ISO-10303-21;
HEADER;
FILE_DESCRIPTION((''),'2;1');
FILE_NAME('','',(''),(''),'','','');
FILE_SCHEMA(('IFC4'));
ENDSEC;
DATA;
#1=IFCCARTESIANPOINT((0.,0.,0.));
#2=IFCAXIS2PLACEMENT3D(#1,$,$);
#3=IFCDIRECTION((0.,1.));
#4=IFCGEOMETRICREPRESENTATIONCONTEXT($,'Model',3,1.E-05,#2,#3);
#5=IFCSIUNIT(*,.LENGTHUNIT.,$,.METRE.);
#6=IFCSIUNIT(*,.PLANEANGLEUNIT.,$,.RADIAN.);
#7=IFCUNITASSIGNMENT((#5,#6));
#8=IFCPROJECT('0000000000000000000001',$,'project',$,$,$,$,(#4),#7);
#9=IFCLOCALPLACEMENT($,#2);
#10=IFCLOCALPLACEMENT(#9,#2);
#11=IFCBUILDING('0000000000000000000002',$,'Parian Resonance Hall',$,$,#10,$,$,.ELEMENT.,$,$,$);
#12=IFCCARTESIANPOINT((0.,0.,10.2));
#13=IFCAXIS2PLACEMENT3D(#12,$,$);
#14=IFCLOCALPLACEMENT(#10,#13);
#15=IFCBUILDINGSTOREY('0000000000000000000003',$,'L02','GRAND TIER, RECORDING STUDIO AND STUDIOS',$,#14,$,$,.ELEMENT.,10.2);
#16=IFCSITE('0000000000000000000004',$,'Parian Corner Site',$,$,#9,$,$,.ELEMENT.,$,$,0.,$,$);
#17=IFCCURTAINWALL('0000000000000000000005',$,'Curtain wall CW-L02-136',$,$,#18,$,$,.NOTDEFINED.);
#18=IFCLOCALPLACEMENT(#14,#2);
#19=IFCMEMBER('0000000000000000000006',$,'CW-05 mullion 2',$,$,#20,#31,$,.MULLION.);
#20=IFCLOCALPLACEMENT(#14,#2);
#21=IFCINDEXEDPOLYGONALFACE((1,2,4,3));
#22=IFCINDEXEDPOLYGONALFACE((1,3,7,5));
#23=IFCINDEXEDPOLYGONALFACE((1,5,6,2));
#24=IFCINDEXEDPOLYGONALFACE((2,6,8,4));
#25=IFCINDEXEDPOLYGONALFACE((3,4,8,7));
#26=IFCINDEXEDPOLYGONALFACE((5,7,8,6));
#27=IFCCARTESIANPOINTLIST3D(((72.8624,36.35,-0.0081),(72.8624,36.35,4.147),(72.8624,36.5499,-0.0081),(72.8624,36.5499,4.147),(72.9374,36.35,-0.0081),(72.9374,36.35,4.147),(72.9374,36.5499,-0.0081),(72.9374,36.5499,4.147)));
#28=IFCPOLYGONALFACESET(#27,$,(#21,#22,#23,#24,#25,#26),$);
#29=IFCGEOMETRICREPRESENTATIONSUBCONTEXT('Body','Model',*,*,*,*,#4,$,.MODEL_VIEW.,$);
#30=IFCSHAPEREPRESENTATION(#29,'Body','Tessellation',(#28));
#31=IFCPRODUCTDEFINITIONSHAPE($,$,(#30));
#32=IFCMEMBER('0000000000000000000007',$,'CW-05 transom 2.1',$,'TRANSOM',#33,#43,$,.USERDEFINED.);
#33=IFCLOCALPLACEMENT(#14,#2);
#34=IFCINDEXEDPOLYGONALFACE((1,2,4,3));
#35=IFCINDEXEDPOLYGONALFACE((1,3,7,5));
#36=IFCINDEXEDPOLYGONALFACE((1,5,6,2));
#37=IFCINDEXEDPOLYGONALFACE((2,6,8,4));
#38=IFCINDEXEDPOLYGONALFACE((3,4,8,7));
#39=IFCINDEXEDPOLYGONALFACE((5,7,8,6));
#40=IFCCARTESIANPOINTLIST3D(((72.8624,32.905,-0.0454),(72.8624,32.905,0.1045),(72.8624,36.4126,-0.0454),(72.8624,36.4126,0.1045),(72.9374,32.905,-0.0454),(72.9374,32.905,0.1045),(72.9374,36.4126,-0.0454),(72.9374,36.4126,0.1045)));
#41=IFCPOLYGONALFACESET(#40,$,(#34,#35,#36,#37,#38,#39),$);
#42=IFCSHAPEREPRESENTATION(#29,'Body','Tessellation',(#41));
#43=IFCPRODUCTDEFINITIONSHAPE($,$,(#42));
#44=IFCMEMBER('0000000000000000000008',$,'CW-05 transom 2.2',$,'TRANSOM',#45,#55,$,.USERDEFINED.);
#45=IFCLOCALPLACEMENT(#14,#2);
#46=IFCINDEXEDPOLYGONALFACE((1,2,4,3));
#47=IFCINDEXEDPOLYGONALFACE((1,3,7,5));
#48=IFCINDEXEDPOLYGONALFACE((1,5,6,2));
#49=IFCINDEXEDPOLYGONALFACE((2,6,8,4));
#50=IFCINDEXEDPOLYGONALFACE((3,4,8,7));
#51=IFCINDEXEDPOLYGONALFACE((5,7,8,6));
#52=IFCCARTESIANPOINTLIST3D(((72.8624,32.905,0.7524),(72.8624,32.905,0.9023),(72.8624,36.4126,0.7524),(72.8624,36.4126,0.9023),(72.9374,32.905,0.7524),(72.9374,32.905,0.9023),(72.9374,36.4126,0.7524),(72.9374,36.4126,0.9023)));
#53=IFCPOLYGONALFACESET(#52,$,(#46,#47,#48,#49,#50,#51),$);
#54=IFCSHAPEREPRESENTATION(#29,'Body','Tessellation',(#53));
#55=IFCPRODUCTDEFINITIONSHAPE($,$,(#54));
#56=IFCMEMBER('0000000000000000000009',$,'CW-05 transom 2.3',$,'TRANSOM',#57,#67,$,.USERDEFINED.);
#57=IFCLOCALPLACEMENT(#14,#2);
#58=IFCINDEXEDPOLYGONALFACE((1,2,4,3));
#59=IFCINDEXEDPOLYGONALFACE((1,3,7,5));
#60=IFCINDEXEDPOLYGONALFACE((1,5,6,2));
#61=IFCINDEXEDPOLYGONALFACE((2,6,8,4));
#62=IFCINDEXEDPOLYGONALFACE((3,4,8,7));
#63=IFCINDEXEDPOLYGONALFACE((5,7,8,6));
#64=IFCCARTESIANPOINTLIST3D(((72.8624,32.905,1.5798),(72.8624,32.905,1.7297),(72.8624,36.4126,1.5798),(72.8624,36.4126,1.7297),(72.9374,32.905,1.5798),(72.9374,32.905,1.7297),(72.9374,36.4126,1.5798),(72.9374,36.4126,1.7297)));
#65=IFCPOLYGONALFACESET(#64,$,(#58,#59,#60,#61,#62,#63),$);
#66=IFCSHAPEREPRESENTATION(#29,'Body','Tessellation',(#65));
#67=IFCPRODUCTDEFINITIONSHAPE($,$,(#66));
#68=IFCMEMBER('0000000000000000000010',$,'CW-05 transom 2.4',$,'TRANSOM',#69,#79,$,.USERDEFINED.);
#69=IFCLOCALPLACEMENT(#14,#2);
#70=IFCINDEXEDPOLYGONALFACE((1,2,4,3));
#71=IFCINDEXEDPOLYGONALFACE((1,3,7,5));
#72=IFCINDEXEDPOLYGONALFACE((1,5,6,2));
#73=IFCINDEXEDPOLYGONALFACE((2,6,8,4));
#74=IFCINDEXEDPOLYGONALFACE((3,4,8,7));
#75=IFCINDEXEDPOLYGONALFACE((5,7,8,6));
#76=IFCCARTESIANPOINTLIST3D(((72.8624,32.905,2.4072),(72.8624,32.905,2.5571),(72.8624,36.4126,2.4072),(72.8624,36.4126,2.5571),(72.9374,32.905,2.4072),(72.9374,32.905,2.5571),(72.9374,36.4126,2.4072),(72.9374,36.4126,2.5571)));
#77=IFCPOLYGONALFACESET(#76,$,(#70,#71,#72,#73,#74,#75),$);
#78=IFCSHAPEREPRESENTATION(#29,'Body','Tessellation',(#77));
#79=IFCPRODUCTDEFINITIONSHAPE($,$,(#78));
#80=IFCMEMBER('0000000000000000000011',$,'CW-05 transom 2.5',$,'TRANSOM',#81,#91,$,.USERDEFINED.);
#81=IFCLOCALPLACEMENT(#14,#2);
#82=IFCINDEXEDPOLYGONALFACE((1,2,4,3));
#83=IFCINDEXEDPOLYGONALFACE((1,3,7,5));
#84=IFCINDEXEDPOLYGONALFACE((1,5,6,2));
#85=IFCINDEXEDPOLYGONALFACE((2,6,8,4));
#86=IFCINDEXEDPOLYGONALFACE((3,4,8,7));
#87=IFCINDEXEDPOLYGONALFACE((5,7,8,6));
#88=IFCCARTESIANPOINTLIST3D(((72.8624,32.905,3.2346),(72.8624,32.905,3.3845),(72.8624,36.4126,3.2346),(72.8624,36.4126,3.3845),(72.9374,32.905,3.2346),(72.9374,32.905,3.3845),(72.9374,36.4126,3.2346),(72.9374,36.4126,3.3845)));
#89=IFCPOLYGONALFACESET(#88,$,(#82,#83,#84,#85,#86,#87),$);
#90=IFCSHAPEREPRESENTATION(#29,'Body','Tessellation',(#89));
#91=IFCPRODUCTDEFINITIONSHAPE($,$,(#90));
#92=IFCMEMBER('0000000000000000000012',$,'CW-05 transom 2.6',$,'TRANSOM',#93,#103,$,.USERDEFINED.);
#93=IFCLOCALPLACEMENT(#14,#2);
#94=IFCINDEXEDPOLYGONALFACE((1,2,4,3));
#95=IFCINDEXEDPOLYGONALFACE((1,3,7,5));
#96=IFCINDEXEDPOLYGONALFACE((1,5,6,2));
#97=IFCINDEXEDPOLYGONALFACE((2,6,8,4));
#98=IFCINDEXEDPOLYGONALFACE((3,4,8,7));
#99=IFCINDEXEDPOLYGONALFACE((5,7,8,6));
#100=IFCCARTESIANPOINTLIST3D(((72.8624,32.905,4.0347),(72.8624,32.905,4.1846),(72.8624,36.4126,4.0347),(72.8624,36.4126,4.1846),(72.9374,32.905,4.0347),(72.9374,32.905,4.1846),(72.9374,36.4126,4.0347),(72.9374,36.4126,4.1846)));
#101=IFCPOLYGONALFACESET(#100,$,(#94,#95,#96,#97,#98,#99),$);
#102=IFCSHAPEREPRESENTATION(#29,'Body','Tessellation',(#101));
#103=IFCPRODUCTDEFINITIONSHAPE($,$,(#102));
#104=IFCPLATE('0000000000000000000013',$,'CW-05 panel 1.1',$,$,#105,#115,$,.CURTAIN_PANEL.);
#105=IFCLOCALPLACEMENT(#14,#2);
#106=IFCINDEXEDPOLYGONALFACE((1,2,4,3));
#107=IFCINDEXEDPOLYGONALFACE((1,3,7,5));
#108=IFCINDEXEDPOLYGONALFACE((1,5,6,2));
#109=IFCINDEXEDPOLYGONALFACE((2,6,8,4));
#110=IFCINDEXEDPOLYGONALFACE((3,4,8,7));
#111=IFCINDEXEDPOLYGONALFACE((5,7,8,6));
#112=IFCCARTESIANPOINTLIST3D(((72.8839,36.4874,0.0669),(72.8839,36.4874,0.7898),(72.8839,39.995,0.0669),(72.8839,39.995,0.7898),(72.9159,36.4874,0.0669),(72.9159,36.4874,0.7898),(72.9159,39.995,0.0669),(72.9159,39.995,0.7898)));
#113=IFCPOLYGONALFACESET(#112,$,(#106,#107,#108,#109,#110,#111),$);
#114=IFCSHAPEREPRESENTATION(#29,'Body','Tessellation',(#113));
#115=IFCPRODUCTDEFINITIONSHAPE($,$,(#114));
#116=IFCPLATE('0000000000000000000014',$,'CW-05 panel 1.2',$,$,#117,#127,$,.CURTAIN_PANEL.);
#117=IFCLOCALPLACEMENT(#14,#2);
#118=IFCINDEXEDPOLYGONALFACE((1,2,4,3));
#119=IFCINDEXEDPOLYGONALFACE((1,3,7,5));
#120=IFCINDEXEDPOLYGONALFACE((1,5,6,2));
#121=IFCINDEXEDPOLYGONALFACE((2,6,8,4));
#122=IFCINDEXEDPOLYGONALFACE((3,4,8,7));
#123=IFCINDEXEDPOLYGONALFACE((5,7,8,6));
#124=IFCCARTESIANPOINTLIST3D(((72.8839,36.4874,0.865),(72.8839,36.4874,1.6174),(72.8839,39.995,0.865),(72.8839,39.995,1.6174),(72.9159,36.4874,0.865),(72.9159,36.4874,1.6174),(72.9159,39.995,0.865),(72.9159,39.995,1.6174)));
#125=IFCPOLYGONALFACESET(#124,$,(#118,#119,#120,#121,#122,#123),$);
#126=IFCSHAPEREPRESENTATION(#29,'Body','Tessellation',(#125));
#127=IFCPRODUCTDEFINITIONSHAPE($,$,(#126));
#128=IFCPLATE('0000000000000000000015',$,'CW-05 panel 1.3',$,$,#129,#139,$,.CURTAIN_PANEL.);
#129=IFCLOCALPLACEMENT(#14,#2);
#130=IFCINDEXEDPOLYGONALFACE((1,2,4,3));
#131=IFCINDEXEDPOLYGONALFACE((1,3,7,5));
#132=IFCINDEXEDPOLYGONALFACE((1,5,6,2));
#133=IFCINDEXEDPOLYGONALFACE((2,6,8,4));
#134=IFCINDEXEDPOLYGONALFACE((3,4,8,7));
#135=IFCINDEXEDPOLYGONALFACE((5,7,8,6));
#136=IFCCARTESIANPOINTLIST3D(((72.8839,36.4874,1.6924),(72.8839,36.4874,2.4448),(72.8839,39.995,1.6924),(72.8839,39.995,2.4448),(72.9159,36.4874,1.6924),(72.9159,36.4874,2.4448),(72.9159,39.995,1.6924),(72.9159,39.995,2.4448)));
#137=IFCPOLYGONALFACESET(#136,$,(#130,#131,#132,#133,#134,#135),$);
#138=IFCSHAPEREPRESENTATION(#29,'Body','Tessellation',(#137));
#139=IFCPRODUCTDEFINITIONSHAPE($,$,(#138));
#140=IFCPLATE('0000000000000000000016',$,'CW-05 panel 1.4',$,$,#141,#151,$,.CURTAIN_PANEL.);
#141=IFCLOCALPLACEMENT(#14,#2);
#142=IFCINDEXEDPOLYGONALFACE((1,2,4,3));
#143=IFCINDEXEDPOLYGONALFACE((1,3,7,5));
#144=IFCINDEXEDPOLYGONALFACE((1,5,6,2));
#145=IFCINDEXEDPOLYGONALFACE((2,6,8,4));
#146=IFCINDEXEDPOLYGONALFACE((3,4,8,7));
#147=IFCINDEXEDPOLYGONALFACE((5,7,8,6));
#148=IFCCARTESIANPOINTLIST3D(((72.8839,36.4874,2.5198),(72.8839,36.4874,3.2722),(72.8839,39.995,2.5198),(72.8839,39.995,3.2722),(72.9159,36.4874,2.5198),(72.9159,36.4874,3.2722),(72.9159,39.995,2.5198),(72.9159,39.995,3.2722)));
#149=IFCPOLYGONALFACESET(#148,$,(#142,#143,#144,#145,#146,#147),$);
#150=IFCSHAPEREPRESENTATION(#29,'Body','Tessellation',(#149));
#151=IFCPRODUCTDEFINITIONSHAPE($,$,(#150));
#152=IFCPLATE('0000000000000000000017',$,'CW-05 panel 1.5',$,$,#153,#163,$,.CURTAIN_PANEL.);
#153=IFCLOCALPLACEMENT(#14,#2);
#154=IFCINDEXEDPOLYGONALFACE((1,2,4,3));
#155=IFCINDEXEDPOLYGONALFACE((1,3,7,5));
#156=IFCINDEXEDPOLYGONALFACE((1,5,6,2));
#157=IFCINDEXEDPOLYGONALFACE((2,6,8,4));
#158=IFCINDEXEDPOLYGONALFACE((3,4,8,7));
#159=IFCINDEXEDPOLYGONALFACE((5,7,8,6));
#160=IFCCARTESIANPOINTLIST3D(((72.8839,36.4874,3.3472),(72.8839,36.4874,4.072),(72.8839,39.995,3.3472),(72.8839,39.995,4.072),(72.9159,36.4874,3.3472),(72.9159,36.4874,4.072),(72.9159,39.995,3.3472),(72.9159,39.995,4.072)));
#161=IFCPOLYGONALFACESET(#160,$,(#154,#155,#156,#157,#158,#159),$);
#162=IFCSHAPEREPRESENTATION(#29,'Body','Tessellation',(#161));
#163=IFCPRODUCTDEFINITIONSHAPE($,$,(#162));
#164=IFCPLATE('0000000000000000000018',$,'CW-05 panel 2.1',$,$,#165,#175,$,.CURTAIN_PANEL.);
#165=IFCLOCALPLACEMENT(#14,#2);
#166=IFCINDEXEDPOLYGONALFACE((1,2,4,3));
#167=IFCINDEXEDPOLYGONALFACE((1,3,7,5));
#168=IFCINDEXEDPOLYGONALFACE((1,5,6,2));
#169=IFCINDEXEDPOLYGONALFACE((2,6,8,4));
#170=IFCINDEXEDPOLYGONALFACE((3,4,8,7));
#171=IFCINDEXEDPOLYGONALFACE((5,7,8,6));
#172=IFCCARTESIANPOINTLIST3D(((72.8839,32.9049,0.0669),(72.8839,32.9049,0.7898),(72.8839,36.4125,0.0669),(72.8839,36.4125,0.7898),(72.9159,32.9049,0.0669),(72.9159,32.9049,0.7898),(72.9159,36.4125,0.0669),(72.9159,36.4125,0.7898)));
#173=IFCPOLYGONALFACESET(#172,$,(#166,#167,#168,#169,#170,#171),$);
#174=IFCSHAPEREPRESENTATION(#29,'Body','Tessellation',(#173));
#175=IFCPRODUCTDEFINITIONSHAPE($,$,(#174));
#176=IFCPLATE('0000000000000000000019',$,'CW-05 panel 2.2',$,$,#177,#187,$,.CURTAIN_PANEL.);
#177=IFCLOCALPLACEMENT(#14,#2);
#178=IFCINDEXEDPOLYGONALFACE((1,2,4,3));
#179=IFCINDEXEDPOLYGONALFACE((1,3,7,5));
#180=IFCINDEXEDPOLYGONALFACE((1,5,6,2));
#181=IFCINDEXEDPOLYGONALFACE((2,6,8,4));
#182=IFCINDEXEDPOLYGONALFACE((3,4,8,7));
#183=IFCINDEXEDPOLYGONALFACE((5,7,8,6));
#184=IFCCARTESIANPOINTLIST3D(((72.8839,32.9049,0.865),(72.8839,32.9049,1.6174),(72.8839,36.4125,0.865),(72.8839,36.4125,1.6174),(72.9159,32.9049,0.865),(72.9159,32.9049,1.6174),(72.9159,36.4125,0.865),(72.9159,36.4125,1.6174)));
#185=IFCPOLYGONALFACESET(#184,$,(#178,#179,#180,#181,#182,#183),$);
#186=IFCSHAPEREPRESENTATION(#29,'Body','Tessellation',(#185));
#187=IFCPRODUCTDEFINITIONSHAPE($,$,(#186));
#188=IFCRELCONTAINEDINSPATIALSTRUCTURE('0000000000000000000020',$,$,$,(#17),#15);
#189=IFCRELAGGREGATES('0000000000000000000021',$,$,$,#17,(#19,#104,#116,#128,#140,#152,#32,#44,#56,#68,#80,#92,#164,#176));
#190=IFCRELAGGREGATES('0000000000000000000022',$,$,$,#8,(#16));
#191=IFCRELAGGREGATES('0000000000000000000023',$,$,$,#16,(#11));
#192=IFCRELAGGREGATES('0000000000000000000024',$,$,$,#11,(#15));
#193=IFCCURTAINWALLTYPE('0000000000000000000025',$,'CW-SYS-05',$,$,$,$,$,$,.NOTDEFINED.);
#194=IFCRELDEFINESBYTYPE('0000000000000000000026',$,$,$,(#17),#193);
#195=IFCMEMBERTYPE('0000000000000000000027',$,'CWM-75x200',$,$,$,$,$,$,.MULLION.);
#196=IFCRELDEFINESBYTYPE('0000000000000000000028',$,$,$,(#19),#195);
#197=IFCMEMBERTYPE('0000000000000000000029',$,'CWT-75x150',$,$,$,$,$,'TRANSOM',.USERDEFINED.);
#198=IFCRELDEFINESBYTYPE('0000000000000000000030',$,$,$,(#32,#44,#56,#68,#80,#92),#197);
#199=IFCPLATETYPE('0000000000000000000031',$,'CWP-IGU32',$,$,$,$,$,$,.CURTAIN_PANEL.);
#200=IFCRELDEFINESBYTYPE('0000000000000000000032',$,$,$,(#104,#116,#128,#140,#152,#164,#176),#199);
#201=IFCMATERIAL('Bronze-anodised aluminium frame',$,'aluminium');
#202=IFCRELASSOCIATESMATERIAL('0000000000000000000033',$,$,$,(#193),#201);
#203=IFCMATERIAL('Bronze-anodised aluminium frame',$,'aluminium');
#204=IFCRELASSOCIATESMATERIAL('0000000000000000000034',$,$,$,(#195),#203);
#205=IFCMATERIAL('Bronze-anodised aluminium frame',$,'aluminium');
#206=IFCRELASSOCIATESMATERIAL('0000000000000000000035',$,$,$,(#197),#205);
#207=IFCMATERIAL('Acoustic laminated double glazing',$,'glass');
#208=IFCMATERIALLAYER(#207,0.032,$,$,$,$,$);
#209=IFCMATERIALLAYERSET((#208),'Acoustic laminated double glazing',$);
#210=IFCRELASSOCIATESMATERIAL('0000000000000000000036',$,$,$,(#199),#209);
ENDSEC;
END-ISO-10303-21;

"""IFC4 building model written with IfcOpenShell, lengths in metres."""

from ifc_helpers import new_model, si_unit, direction, frame, origin, origin_2d, place, context, subcontext, project, spatial, rectangle, extrude, material, layer, layer_set, material_profile, profile_set, type_object, element, aggregate, save


model = new_model("IFC4")

# Units and contexts
model_context = context("Model", 3, precision=1e-05, world=origin(), true_north=direction((0.0, 1.0)))
body_context = subcontext(model_context, "Body", "Model", "MODEL_VIEW")
ifc_project = project(units=[si_unit("LENGTHUNIT", "METRE"), si_unit("PLANEANGLEUNIT", "RADIAN")], contexts=[model_context])

# Site, building, storey
site_placement = place(None, origin())
site = spatial("IfcSite", under=ifc_project, at=site_placement, Name="Parian Corner Site", CompositionType="ELEMENT", RefElevation=0.0)
building_placement = place(site_placement, origin())
building = spatial("IfcBuilding", under=site, at=building_placement, Name="Parian Resonance Hall", CompositionType="ELEMENT")
storey_placement = place(building_placement, frame((0.0, 0.0, 10.2)))
storey = spatial("IfcBuildingStorey", under=building, at=storey_placement, Name="L02", Description="GRAND TIER, RECORDING STUDIO AND STUDIOS", CompositionType="ELEMENT", Elevation=10.2)

# Curtain wall, members, plates
ifc_material_1 = material(Name="Bronze-anodised aluminium frame", Category="aluminium")
curtain_wall_type = type_object("IfcCurtainWallType", Name="CW-SYS-05", PredefinedType="NOTDEFINED", material=ifc_material_1)
curtain_wall_placement = place(storey_placement, origin())
curtain_wall = element("IfcCurtainWall", 1, at=curtain_wall_placement, inside=storey, type_object=curtain_wall_type, Name="Curtain wall CW-L02-136", PredefinedType="NOTDEFINED")
ifc_material_2 = material(Name="Bronze-anodised aluminium frame", Category="aluminium")
ifc_material_profile_1 = material_profile(ifc_material_2, rectangle(XDim=0.075, YDim=0.2, at=origin_2d()), Name="CWM-75x200")
ifc_profile_set_1 = profile_set([ifc_material_profile_1], Name="Bronze-anodised aluminium frame")
member_type_1 = type_object("IfcMemberType", Name="CWM-75x200", PredefinedType="MULLION", material=ifc_profile_set_1)
member_1_placement = place(storey_placement, frame((72.8999, 36.45, -0.0081), z_axis=(0.0, 0.0, 1.0), x_axis=(1.0, 0.0, 0.0)))
member_1 = element("IfcMember", 2, at=member_1_placement, type_object=member_type_1, Name="CW-05 mullion 2", PredefinedType="MULLION", context=body_context, shape_type="SweptSolid", body=[
    extrude(rectangle(XDim=0.075, YDim=0.2, at=origin_2d()), origin(), (0.0, 0.0, 1.0), 4.155),
])
ifc_material_3 = material(Name="Bronze-anodised aluminium frame", Category="aluminium")
ifc_material_profile_2 = material_profile(ifc_material_3, rectangle(XDim=0.075, YDim=0.1499, at=origin_2d()), Name="CWT-75x150")
ifc_profile_set_2 = profile_set([ifc_material_profile_2], Name="Bronze-anodised aluminium frame")
member_type_2 = type_object("IfcMemberType", Name="CWT-75x150", ElementType="TRANSOM", PredefinedType="USERDEFINED", material=ifc_profile_set_2)
member_2_placement = place(storey_placement, frame((72.8999, 36.4126, 0.0295), z_axis=(0.0, -1.0, 0.0), x_axis=(1.0, 0.0, 0.0)))
member_2 = element("IfcMember", 3, at=member_2_placement, type_object=member_type_2, Name="CW-05 transom 2.1", ObjectType="TRANSOM", PredefinedType="USERDEFINED", context=body_context, shape_type="SweptSolid", body=[
    extrude(rectangle(XDim=0.075, YDim=0.1499, at=origin_2d()), origin(), (0.0, 0.0, 1.0), 3.5076),
])
member_3_placement = place(storey_placement, frame((72.8999, 36.4126, 0.8274), z_axis=(0.0, -1.0, 0.0), x_axis=(1.0, 0.0, 0.0)))
member_3 = element("IfcMember", 4, at=member_3_placement, type_object=member_type_2, Name="CW-05 transom 2.2", ObjectType="TRANSOM", PredefinedType="USERDEFINED", context=body_context, shape_type="SweptSolid", body=[
    extrude(rectangle(XDim=0.075, YDim=0.1499, at=origin_2d()), origin(), (0.0, 0.0, 1.0), 3.5076),
])
member_4_placement = place(storey_placement, frame((72.8999, 36.4126, 1.6548), z_axis=(0.0, -1.0, 0.0), x_axis=(1.0, 0.0, 0.0)))
member_4 = element("IfcMember", 5, at=member_4_placement, type_object=member_type_2, Name="CW-05 transom 2.3", ObjectType="TRANSOM", PredefinedType="USERDEFINED", context=body_context, shape_type="SweptSolid", body=[
    extrude(rectangle(XDim=0.075, YDim=0.1499, at=origin_2d()), origin(), (0.0, 0.0, 1.0), 3.5076),
])
member_5_placement = place(storey_placement, frame((72.8999, 36.4126, 2.4822), z_axis=(0.0, -1.0, 0.0), x_axis=(1.0, 0.0, 0.0)))
member_5 = element("IfcMember", 6, at=member_5_placement, type_object=member_type_2, Name="CW-05 transom 2.4", ObjectType="TRANSOM", PredefinedType="USERDEFINED", context=body_context, shape_type="SweptSolid", body=[
    extrude(rectangle(XDim=0.075, YDim=0.1499, at=origin_2d()), origin(), (0.0, 0.0, 1.0), 3.5076),
])
member_6_placement = place(storey_placement, frame((72.8999, 36.4126, 3.3096), z_axis=(0.0, -1.0, 0.0), x_axis=(1.0, 0.0, 0.0)))
member_6 = element("IfcMember", 7, at=member_6_placement, type_object=member_type_2, Name="CW-05 transom 2.5", ObjectType="TRANSOM", PredefinedType="USERDEFINED", context=body_context, shape_type="SweptSolid", body=[
    extrude(rectangle(XDim=0.075, YDim=0.1499, at=origin_2d()), origin(), (0.0, 0.0, 1.0), 3.5076),
])
member_7_placement = place(storey_placement, frame((72.8999, 36.4126, 4.1096), z_axis=(0.0, -1.0, 0.0), x_axis=(1.0, 0.0, 0.0)))
member_7 = element("IfcMember", 8, at=member_7_placement, type_object=member_type_2, Name="CW-05 transom 2.6", ObjectType="TRANSOM", PredefinedType="USERDEFINED", context=body_context, shape_type="SweptSolid", body=[
    extrude(rectangle(XDim=0.075, YDim=0.1499, at=origin_2d()), origin(), (0.0, 0.0, 1.0), 3.5076),
])
ifc_material_4 = material(Name="Acoustic laminated double glazing", Category="glass")
ifc_layer_1 = layer(ifc_material_4, 0.032)
ifc_layer_set_1 = layer_set([ifc_layer_1], Name="Acoustic laminated double glazing")
plate_type_1 = type_object("IfcPlateType", Name="CWP-IGU32", PredefinedType="CURTAIN_PANEL", material=ifc_layer_set_1)
plate_1_placement = place(storey_placement, frame((72.8999, 38.2412, 0.0669), z_axis=(0.0, 0.0, 1.0), x_axis=(0.0, -1.0, 0.0)))
plate_1 = element("IfcPlate", 9, at=plate_1_placement, type_object=plate_type_1, Name="CW-05 panel 1.1", PredefinedType="CURTAIN_PANEL", context=body_context, shape_type="SweptSolid", body=[
    extrude(rectangle(XDim=3.5076, YDim=0.032, at=origin_2d()), origin(), (0.0, 0.0, 1.0), 0.7229),
])
plate_2_placement = place(storey_placement, frame((72.8999, 38.2412, 0.865), z_axis=(0.0, 0.0, 1.0), x_axis=(0.0, -1.0, 0.0)))
plate_2 = element("IfcPlate", 10, at=plate_2_placement, type_object=plate_type_1, Name="CW-05 panel 1.2", PredefinedType="CURTAIN_PANEL", context=body_context, shape_type="SweptSolid", body=[
    extrude(rectangle(XDim=3.5076, YDim=0.032, at=origin_2d()), origin(), (0.0, 0.0, 1.0), 0.7524),
])
plate_3_placement = place(storey_placement, frame((72.8999, 38.2412, 1.6924), z_axis=(0.0, 0.0, 1.0), x_axis=(0.0, -1.0, 0.0)))
plate_3 = element("IfcPlate", 11, at=plate_3_placement, type_object=plate_type_1, Name="CW-05 panel 1.3", PredefinedType="CURTAIN_PANEL", context=body_context, shape_type="SweptSolid", body=[
    extrude(rectangle(XDim=3.5076, YDim=0.032, at=origin_2d()), origin(), (0.0, 0.0, 1.0), 0.7524),
])
plate_4_placement = place(storey_placement, frame((72.8999, 38.2412, 2.5198), z_axis=(0.0, 0.0, 1.0), x_axis=(0.0, -1.0, 0.0)))
plate_4 = element("IfcPlate", 12, at=plate_4_placement, type_object=plate_type_1, Name="CW-05 panel 1.4", PredefinedType="CURTAIN_PANEL", context=body_context, shape_type="SweptSolid", body=[
    extrude(rectangle(XDim=3.5076, YDim=0.032, at=origin_2d()), origin(), (0.0, 0.0, 1.0), 0.7524),
])
plate_5_placement = place(storey_placement, frame((72.8999, 38.2412, 3.3472), z_axis=(0.0, 0.0, 1.0), x_axis=(0.0, -1.0, 0.0)))
plate_5 = element("IfcPlate", 13, at=plate_5_placement, type_object=plate_type_1, Name="CW-05 panel 1.5", PredefinedType="CURTAIN_PANEL", context=body_context, shape_type="SweptSolid", body=[
    extrude(rectangle(XDim=3.5076, YDim=0.032, at=origin_2d()), origin(), (0.0, 0.0, 1.0), 0.7249),
])
plate_6_placement = place(storey_placement, frame((72.8999, 34.6587, 0.0669), z_axis=(0.0, 0.0, 1.0), x_axis=(0.0, -1.0, 0.0)))
plate_6 = element("IfcPlate", 14, at=plate_6_placement, type_object=plate_type_1, Name="CW-05 panel 2.1", PredefinedType="CURTAIN_PANEL", context=body_context, shape_type="SweptSolid", body=[
    extrude(rectangle(XDim=3.5076, YDim=0.032, at=origin_2d()), origin(), (0.0, 0.0, 1.0), 0.7229),
])
plate_7_placement = place(storey_placement, frame((72.8999, 34.6587, 0.865), z_axis=(0.0, 0.0, 1.0), x_axis=(0.0, -1.0, 0.0)))
plate_7 = element("IfcPlate", 15, at=plate_7_placement, type_object=plate_type_1, Name="CW-05 panel 2.2", PredefinedType="CURTAIN_PANEL", context=body_context, shape_type="SweptSolid", body=[
    extrude(rectangle(XDim=3.5076, YDim=0.032, at=origin_2d()), origin(), (0.0, 0.0, 1.0), 0.7524),
])
aggregate(curtain_wall, [member_1, plate_1, plate_2, plate_3, plate_4, plate_5, member_2, member_3, member_4, member_5, member_6, member_7, plate_6, plate_7])

save(model, "model.ifc")
